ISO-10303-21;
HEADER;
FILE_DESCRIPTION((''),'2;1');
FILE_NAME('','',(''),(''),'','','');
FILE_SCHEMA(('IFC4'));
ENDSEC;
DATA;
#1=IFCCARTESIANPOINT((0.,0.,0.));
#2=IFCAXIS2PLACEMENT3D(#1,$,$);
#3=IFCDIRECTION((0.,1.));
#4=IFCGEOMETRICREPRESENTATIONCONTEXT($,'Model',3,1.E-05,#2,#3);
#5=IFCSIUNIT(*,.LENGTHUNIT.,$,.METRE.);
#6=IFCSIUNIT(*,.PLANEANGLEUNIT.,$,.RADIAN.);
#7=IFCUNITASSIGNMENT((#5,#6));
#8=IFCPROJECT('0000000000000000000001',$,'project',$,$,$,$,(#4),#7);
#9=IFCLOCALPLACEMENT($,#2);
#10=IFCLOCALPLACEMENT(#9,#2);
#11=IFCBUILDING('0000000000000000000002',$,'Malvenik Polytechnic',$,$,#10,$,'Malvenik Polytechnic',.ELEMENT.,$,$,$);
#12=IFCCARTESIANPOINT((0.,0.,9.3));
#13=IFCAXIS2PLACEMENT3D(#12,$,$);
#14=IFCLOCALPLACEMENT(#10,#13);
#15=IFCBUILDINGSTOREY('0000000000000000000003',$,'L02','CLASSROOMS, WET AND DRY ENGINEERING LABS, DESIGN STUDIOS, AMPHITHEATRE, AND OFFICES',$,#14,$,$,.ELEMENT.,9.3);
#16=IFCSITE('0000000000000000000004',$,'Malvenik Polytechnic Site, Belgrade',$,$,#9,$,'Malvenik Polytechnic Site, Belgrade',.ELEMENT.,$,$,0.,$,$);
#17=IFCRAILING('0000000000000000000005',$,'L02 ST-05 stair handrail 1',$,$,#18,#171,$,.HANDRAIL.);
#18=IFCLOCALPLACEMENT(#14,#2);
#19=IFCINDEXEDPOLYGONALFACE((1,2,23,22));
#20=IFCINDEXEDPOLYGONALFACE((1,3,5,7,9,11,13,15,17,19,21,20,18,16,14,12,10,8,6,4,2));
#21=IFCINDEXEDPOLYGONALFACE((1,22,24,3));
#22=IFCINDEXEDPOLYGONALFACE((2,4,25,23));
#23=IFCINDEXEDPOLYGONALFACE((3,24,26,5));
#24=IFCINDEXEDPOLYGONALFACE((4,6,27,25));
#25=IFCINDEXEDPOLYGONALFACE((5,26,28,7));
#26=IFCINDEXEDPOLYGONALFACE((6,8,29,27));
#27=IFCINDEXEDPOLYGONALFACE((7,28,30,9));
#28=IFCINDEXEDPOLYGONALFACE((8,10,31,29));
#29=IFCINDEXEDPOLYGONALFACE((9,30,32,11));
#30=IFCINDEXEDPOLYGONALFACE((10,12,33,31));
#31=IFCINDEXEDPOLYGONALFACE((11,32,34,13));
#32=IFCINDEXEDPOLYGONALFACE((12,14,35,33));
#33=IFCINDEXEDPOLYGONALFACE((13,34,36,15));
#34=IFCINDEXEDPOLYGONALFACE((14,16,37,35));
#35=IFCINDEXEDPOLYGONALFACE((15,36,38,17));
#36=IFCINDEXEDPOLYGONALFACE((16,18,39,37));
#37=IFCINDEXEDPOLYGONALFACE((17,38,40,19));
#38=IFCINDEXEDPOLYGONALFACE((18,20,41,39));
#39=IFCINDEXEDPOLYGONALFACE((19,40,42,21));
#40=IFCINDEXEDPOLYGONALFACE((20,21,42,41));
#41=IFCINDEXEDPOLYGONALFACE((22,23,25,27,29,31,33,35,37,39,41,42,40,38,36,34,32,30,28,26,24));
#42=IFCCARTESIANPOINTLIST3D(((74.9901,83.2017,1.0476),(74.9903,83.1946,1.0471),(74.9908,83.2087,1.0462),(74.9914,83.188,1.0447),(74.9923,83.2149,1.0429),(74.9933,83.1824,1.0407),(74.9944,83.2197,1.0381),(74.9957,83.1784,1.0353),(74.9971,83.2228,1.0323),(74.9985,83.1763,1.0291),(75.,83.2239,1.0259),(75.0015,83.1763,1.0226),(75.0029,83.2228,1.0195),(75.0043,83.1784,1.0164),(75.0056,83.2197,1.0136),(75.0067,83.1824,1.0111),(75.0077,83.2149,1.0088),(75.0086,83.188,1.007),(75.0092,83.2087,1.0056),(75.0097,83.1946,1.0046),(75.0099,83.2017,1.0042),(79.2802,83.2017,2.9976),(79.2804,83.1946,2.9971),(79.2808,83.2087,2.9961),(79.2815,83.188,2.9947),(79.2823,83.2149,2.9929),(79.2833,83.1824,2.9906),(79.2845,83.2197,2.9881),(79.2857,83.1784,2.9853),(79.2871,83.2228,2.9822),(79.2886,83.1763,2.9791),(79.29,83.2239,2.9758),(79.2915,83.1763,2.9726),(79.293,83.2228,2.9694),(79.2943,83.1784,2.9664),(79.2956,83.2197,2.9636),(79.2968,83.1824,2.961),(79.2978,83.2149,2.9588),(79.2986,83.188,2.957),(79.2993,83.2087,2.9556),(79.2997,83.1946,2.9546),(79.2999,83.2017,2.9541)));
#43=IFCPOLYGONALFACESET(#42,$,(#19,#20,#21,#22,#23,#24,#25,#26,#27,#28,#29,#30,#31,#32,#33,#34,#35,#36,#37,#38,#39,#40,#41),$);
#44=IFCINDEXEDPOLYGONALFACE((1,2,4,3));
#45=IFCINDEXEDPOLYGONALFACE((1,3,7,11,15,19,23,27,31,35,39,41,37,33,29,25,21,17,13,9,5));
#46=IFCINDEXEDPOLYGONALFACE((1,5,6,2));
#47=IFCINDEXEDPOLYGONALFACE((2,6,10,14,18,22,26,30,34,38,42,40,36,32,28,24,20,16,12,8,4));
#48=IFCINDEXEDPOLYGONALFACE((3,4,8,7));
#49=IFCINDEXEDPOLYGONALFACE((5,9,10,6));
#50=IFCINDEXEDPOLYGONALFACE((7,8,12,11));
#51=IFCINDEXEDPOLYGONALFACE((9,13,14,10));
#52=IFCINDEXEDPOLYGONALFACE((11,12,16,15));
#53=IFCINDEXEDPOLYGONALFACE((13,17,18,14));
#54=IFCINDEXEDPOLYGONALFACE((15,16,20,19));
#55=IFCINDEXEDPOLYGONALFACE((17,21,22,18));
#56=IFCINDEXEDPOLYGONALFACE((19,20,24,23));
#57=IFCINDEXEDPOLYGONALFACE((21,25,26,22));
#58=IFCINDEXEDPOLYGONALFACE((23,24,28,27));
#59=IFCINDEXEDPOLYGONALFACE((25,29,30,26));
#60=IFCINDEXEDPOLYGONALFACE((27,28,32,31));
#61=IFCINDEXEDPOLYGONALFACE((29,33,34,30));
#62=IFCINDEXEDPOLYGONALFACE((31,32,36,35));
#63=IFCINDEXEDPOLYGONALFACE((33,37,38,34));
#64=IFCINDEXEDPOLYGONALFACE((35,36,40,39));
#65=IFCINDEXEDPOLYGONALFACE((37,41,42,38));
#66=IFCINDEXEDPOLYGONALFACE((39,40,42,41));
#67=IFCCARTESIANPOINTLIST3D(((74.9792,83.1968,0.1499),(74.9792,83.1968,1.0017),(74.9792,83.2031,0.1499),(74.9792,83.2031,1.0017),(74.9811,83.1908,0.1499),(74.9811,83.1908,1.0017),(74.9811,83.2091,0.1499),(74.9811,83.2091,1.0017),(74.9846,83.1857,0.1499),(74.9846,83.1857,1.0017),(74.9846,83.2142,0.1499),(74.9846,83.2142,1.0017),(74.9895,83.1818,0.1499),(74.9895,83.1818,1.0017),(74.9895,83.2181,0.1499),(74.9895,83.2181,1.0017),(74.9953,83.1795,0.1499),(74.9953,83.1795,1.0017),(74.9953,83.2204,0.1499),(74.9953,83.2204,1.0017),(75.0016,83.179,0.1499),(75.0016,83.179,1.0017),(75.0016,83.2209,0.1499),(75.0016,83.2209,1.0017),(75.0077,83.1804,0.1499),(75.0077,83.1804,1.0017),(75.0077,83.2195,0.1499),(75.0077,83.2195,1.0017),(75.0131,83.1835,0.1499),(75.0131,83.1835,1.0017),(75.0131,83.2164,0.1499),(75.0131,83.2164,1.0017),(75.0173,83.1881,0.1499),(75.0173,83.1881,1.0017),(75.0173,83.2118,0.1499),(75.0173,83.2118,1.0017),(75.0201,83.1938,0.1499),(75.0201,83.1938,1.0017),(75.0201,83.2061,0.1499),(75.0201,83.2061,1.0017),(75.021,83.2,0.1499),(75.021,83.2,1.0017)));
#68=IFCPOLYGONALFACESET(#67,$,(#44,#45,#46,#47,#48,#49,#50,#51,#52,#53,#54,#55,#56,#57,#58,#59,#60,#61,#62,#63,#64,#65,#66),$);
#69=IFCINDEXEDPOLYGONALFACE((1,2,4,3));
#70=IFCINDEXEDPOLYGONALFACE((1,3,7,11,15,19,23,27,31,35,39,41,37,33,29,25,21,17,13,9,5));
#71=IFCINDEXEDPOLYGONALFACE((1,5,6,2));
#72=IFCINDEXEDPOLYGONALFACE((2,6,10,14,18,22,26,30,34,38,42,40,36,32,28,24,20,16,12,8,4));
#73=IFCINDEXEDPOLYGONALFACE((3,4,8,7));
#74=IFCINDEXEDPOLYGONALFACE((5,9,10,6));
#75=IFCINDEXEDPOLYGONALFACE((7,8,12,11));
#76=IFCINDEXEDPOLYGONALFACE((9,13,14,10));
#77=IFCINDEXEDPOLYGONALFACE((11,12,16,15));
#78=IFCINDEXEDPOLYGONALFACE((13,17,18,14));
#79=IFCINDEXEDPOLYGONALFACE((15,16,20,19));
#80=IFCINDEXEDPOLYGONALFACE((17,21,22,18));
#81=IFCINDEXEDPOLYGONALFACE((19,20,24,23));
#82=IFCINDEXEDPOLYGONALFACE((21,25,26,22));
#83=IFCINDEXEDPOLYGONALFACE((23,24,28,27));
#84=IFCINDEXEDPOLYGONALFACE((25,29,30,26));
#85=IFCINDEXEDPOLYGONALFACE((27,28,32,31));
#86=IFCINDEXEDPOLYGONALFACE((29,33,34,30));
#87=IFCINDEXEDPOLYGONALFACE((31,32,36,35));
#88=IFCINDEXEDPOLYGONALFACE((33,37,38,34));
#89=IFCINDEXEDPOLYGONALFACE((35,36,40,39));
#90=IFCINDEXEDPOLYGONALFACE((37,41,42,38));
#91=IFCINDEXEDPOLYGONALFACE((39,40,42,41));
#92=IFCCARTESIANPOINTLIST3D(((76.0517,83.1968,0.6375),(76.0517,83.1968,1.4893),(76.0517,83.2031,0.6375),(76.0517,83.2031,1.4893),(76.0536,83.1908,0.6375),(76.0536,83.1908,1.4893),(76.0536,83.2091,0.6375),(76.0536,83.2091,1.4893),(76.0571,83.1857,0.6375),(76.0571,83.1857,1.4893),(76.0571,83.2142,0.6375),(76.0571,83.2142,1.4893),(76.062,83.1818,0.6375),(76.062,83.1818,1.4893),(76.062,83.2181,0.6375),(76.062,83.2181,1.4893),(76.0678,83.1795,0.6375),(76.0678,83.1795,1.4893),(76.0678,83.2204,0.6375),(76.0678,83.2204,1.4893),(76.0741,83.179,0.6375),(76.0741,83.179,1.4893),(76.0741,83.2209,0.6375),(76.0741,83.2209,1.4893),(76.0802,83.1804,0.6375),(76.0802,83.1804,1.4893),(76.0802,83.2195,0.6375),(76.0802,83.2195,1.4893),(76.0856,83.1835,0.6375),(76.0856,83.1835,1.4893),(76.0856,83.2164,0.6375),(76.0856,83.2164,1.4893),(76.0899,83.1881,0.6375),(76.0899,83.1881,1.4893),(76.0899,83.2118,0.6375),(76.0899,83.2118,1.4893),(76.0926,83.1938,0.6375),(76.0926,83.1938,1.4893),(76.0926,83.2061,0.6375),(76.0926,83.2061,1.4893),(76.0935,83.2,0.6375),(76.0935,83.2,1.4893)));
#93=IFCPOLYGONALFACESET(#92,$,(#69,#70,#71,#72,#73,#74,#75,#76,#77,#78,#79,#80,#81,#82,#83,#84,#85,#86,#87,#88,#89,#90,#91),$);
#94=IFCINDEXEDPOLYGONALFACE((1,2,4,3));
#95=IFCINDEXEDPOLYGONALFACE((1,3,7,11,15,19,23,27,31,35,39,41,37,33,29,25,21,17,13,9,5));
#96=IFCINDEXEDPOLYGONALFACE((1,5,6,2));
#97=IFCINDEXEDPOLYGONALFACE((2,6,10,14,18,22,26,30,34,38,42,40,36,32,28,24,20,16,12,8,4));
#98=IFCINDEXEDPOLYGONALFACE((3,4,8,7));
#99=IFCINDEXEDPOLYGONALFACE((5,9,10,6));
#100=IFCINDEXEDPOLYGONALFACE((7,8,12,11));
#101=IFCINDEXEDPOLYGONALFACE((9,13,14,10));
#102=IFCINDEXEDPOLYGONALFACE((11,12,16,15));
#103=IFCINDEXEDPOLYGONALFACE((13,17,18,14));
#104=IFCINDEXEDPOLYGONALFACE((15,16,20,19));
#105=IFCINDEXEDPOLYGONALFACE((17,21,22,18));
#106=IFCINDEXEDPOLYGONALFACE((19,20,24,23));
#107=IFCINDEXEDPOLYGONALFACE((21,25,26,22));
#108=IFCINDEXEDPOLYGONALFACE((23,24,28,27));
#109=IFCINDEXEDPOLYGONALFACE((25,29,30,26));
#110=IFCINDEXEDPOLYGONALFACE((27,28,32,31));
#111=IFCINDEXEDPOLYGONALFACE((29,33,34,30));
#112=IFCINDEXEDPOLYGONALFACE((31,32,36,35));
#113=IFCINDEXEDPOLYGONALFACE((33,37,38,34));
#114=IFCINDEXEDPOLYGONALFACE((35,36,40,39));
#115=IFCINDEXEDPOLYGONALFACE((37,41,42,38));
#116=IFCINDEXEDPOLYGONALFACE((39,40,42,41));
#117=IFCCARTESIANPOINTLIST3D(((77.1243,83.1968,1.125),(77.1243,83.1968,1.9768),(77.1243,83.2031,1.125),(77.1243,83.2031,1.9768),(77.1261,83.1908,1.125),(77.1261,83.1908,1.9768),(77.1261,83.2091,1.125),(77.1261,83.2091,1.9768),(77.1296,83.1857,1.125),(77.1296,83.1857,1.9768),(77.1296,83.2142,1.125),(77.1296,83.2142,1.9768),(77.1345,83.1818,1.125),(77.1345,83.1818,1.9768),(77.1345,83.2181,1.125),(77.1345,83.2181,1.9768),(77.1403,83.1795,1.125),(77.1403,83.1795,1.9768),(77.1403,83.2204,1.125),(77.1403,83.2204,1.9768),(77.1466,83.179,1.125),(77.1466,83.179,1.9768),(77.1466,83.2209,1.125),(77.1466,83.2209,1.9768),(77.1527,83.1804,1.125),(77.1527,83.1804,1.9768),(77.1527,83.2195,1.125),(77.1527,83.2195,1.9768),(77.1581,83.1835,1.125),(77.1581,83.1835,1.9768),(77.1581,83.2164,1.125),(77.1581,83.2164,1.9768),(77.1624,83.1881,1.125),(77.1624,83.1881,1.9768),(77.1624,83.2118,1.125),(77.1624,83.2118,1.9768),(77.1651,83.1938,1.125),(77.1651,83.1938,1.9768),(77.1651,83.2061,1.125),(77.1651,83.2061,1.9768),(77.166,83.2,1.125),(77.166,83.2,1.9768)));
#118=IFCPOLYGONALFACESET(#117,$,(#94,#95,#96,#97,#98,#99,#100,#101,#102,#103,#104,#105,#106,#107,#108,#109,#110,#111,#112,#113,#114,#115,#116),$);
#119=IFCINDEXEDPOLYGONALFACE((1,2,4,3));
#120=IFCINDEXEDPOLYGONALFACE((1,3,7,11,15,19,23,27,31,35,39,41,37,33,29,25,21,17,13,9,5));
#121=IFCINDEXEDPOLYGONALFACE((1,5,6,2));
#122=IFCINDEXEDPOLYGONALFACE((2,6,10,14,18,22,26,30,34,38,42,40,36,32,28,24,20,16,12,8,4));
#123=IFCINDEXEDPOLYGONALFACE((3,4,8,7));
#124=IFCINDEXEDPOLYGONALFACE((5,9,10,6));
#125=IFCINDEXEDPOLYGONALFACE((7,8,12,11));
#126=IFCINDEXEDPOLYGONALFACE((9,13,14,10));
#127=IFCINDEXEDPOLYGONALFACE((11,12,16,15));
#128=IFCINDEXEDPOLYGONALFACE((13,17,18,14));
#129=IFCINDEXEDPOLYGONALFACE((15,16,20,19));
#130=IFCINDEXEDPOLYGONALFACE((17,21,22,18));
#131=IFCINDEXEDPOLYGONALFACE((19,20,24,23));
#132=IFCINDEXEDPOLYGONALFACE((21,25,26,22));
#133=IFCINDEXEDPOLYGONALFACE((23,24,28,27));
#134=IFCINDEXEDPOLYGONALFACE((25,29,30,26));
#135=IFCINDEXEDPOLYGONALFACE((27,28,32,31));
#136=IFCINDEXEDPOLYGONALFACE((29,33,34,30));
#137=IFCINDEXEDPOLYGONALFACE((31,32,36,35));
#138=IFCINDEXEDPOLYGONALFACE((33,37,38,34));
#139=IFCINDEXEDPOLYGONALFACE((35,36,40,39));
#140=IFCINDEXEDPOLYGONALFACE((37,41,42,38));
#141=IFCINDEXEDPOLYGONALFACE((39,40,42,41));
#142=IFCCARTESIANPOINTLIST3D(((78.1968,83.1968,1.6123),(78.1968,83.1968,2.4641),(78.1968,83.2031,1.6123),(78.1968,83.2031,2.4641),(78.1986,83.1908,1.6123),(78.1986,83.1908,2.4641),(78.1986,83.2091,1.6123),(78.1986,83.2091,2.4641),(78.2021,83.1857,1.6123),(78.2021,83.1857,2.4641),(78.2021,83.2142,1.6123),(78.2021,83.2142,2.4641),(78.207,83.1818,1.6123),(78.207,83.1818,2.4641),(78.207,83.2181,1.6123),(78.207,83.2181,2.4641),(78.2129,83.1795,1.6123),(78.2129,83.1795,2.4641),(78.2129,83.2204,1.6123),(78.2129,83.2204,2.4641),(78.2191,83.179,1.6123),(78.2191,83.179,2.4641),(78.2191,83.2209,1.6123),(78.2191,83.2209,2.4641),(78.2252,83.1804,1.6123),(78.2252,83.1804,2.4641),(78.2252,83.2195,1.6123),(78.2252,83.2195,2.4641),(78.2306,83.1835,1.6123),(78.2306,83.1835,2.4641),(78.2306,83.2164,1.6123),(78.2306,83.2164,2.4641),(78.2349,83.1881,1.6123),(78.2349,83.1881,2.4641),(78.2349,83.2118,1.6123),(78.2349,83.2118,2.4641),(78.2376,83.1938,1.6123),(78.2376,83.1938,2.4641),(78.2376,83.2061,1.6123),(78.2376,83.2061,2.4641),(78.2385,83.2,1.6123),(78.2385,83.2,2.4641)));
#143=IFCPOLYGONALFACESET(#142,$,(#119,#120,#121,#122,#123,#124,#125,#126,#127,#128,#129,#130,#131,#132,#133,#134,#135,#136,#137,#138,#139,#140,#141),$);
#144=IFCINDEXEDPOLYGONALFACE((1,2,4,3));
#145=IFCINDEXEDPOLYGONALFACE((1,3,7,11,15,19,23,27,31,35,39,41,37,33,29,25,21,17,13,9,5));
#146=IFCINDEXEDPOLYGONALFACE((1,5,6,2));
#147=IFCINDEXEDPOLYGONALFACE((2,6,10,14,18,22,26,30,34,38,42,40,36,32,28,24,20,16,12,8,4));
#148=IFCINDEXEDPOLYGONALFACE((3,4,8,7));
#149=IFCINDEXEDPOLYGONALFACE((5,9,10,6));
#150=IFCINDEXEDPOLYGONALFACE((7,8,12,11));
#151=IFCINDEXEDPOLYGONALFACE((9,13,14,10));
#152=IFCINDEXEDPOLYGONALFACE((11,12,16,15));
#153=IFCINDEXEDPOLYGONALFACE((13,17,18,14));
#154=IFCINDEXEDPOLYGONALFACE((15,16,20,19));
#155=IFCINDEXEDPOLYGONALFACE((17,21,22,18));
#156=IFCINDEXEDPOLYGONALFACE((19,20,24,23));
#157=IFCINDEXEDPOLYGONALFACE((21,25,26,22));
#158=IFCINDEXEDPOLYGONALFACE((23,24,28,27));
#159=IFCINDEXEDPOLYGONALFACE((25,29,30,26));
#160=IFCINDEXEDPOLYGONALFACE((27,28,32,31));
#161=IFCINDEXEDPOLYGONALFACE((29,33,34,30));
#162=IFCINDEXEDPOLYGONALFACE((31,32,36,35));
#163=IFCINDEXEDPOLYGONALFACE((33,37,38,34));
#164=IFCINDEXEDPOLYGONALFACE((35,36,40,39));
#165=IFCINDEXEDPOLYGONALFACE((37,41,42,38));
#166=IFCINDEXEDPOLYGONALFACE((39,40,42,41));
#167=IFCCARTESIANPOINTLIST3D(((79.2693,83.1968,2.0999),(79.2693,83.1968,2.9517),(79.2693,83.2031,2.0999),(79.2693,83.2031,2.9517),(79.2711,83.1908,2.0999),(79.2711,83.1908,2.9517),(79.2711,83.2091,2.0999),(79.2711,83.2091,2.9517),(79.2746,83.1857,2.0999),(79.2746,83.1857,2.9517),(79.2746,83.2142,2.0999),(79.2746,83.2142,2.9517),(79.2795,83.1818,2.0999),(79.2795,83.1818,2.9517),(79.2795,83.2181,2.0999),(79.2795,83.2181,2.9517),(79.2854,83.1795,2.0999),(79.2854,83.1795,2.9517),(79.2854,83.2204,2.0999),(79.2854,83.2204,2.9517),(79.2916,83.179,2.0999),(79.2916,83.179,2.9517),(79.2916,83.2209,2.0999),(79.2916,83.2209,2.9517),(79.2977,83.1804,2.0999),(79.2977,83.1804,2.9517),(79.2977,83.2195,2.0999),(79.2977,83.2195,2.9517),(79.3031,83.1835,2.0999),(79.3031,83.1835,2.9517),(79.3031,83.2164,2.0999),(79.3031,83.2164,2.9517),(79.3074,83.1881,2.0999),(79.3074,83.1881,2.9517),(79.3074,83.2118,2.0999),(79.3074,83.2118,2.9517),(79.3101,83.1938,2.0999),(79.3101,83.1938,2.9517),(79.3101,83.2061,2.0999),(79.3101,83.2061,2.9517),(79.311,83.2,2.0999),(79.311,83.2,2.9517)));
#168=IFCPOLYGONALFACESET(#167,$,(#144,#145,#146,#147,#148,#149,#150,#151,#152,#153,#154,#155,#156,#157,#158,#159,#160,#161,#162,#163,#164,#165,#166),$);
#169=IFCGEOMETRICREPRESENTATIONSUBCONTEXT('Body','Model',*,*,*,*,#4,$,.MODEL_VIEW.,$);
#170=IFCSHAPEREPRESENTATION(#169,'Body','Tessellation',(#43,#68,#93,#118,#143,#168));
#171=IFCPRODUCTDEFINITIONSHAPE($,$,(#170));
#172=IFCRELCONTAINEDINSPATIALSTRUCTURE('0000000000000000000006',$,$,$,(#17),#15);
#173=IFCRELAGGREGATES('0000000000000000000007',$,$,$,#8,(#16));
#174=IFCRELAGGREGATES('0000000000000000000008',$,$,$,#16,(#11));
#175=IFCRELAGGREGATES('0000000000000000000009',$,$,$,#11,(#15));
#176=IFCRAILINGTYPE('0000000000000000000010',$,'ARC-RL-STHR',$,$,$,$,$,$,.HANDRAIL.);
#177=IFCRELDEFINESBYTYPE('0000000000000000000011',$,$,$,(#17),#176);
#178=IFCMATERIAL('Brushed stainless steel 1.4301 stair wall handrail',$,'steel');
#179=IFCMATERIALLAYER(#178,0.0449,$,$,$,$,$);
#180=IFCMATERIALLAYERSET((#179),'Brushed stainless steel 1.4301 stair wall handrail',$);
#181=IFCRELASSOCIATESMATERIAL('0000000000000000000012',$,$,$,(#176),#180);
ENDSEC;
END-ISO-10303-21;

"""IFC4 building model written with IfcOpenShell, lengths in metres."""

from ifc_helpers import new_model, si_unit, direction, frame, origin, origin_2d, place, context, subcontext, project, spatial, circle, extrude, material, layer, layer_set, type_object, element, save


model = new_model("IFC4")

# Units and contexts
model_context = context("Model", 3, precision=1e-05, world=origin(), true_north=direction((0.0, 1.0)))
body_context = subcontext(model_context, "Body", "Model", "MODEL_VIEW")
ifc_project = project(units=[si_unit("LENGTHUNIT", "METRE"), si_unit("PLANEANGLEUNIT", "RADIAN")], contexts=[model_context])

# Site, building, storey
site_placement = place(None, origin())
site = spatial("IfcSite", under=ifc_project, at=site_placement, Name="Malvenik Polytechnic Site, Belgrade", LongName="Malvenik Polytechnic Site, Belgrade", CompositionType="ELEMENT", RefElevation=0.0)
building_placement = place(site_placement, origin())
building = spatial("IfcBuilding", under=site, at=building_placement, Name="Malvenik Polytechnic", LongName="Malvenik Polytechnic", CompositionType="ELEMENT")
storey_placement = place(building_placement, frame((0.0, 0.0, 9.3)))
storey = spatial("IfcBuildingStorey", under=building, at=storey_placement, Name="L02", Description="CLASSROOMS, WET AND DRY ENGINEERING LABS, DESIGN STUDIOS, AMPHITHEATRE, AND OFFICES", CompositionType="ELEMENT", Elevation=9.3)

# Railing
ifc_material_1 = material(Name="Brushed stainless steel 1.4301 stair wall handrail", Category="steel")
ifc_layer_1 = layer(ifc_material_1, 0.0449)
ifc_layer_set_1 = layer_set([ifc_layer_1], Name="Brushed stainless steel 1.4301 stair wall handrail")
railing_type_1 = type_object("IfcRailingType", Name="ARC-RL-STHR", PredefinedType="HANDRAIL", material=ifc_layer_set_1)
railing_1_placement = place(storey_placement, frame((75.0, 83.2, 0.1499)))
element("IfcRailing", 1, at=railing_1_placement, inside=storey, type_object=railing_type_1, Name="L02 ST-05 stair handrail 1", PredefinedType="HANDRAIL", context=body_context, shape_type="SweptSolid", body=[
    extrude(circle(Radius=0.0239, at=origin_2d()), frame((0.0, 0.0, 0.876), z_axis=(0.910372, 0.0, 0.413791), x_axis=(0.0, 1.0, 0.0)), (0.0, 0.0, 1.0), 4.7124),
    extrude(circle(Radius=0.021, at=origin_2d()), origin(), (0.0, 0.0, 1.0), 0.8518),
    extrude(circle(Radius=0.021, at=origin_2d()), frame((1.0725, 0.0, 0.4875)), (0.0, 0.0, 1.0), 0.8518),
    extrude(circle(Radius=0.021, at=origin_2d()), frame((2.145, 0.0, 0.9751)), (0.0, 0.0, 1.0), 0.8518),
    extrude(circle(Radius=0.021, at=origin_2d()), frame((3.2175, 0.0, 1.4624)), (0.0, 0.0, 1.0), 0.8518),
    extrude(circle(Radius=0.021, at=origin_2d()), frame((4.29, 0.0, 1.95)), (0.0, 0.0, 1.0), 0.8518),
])

save(model, "model.ifc")
